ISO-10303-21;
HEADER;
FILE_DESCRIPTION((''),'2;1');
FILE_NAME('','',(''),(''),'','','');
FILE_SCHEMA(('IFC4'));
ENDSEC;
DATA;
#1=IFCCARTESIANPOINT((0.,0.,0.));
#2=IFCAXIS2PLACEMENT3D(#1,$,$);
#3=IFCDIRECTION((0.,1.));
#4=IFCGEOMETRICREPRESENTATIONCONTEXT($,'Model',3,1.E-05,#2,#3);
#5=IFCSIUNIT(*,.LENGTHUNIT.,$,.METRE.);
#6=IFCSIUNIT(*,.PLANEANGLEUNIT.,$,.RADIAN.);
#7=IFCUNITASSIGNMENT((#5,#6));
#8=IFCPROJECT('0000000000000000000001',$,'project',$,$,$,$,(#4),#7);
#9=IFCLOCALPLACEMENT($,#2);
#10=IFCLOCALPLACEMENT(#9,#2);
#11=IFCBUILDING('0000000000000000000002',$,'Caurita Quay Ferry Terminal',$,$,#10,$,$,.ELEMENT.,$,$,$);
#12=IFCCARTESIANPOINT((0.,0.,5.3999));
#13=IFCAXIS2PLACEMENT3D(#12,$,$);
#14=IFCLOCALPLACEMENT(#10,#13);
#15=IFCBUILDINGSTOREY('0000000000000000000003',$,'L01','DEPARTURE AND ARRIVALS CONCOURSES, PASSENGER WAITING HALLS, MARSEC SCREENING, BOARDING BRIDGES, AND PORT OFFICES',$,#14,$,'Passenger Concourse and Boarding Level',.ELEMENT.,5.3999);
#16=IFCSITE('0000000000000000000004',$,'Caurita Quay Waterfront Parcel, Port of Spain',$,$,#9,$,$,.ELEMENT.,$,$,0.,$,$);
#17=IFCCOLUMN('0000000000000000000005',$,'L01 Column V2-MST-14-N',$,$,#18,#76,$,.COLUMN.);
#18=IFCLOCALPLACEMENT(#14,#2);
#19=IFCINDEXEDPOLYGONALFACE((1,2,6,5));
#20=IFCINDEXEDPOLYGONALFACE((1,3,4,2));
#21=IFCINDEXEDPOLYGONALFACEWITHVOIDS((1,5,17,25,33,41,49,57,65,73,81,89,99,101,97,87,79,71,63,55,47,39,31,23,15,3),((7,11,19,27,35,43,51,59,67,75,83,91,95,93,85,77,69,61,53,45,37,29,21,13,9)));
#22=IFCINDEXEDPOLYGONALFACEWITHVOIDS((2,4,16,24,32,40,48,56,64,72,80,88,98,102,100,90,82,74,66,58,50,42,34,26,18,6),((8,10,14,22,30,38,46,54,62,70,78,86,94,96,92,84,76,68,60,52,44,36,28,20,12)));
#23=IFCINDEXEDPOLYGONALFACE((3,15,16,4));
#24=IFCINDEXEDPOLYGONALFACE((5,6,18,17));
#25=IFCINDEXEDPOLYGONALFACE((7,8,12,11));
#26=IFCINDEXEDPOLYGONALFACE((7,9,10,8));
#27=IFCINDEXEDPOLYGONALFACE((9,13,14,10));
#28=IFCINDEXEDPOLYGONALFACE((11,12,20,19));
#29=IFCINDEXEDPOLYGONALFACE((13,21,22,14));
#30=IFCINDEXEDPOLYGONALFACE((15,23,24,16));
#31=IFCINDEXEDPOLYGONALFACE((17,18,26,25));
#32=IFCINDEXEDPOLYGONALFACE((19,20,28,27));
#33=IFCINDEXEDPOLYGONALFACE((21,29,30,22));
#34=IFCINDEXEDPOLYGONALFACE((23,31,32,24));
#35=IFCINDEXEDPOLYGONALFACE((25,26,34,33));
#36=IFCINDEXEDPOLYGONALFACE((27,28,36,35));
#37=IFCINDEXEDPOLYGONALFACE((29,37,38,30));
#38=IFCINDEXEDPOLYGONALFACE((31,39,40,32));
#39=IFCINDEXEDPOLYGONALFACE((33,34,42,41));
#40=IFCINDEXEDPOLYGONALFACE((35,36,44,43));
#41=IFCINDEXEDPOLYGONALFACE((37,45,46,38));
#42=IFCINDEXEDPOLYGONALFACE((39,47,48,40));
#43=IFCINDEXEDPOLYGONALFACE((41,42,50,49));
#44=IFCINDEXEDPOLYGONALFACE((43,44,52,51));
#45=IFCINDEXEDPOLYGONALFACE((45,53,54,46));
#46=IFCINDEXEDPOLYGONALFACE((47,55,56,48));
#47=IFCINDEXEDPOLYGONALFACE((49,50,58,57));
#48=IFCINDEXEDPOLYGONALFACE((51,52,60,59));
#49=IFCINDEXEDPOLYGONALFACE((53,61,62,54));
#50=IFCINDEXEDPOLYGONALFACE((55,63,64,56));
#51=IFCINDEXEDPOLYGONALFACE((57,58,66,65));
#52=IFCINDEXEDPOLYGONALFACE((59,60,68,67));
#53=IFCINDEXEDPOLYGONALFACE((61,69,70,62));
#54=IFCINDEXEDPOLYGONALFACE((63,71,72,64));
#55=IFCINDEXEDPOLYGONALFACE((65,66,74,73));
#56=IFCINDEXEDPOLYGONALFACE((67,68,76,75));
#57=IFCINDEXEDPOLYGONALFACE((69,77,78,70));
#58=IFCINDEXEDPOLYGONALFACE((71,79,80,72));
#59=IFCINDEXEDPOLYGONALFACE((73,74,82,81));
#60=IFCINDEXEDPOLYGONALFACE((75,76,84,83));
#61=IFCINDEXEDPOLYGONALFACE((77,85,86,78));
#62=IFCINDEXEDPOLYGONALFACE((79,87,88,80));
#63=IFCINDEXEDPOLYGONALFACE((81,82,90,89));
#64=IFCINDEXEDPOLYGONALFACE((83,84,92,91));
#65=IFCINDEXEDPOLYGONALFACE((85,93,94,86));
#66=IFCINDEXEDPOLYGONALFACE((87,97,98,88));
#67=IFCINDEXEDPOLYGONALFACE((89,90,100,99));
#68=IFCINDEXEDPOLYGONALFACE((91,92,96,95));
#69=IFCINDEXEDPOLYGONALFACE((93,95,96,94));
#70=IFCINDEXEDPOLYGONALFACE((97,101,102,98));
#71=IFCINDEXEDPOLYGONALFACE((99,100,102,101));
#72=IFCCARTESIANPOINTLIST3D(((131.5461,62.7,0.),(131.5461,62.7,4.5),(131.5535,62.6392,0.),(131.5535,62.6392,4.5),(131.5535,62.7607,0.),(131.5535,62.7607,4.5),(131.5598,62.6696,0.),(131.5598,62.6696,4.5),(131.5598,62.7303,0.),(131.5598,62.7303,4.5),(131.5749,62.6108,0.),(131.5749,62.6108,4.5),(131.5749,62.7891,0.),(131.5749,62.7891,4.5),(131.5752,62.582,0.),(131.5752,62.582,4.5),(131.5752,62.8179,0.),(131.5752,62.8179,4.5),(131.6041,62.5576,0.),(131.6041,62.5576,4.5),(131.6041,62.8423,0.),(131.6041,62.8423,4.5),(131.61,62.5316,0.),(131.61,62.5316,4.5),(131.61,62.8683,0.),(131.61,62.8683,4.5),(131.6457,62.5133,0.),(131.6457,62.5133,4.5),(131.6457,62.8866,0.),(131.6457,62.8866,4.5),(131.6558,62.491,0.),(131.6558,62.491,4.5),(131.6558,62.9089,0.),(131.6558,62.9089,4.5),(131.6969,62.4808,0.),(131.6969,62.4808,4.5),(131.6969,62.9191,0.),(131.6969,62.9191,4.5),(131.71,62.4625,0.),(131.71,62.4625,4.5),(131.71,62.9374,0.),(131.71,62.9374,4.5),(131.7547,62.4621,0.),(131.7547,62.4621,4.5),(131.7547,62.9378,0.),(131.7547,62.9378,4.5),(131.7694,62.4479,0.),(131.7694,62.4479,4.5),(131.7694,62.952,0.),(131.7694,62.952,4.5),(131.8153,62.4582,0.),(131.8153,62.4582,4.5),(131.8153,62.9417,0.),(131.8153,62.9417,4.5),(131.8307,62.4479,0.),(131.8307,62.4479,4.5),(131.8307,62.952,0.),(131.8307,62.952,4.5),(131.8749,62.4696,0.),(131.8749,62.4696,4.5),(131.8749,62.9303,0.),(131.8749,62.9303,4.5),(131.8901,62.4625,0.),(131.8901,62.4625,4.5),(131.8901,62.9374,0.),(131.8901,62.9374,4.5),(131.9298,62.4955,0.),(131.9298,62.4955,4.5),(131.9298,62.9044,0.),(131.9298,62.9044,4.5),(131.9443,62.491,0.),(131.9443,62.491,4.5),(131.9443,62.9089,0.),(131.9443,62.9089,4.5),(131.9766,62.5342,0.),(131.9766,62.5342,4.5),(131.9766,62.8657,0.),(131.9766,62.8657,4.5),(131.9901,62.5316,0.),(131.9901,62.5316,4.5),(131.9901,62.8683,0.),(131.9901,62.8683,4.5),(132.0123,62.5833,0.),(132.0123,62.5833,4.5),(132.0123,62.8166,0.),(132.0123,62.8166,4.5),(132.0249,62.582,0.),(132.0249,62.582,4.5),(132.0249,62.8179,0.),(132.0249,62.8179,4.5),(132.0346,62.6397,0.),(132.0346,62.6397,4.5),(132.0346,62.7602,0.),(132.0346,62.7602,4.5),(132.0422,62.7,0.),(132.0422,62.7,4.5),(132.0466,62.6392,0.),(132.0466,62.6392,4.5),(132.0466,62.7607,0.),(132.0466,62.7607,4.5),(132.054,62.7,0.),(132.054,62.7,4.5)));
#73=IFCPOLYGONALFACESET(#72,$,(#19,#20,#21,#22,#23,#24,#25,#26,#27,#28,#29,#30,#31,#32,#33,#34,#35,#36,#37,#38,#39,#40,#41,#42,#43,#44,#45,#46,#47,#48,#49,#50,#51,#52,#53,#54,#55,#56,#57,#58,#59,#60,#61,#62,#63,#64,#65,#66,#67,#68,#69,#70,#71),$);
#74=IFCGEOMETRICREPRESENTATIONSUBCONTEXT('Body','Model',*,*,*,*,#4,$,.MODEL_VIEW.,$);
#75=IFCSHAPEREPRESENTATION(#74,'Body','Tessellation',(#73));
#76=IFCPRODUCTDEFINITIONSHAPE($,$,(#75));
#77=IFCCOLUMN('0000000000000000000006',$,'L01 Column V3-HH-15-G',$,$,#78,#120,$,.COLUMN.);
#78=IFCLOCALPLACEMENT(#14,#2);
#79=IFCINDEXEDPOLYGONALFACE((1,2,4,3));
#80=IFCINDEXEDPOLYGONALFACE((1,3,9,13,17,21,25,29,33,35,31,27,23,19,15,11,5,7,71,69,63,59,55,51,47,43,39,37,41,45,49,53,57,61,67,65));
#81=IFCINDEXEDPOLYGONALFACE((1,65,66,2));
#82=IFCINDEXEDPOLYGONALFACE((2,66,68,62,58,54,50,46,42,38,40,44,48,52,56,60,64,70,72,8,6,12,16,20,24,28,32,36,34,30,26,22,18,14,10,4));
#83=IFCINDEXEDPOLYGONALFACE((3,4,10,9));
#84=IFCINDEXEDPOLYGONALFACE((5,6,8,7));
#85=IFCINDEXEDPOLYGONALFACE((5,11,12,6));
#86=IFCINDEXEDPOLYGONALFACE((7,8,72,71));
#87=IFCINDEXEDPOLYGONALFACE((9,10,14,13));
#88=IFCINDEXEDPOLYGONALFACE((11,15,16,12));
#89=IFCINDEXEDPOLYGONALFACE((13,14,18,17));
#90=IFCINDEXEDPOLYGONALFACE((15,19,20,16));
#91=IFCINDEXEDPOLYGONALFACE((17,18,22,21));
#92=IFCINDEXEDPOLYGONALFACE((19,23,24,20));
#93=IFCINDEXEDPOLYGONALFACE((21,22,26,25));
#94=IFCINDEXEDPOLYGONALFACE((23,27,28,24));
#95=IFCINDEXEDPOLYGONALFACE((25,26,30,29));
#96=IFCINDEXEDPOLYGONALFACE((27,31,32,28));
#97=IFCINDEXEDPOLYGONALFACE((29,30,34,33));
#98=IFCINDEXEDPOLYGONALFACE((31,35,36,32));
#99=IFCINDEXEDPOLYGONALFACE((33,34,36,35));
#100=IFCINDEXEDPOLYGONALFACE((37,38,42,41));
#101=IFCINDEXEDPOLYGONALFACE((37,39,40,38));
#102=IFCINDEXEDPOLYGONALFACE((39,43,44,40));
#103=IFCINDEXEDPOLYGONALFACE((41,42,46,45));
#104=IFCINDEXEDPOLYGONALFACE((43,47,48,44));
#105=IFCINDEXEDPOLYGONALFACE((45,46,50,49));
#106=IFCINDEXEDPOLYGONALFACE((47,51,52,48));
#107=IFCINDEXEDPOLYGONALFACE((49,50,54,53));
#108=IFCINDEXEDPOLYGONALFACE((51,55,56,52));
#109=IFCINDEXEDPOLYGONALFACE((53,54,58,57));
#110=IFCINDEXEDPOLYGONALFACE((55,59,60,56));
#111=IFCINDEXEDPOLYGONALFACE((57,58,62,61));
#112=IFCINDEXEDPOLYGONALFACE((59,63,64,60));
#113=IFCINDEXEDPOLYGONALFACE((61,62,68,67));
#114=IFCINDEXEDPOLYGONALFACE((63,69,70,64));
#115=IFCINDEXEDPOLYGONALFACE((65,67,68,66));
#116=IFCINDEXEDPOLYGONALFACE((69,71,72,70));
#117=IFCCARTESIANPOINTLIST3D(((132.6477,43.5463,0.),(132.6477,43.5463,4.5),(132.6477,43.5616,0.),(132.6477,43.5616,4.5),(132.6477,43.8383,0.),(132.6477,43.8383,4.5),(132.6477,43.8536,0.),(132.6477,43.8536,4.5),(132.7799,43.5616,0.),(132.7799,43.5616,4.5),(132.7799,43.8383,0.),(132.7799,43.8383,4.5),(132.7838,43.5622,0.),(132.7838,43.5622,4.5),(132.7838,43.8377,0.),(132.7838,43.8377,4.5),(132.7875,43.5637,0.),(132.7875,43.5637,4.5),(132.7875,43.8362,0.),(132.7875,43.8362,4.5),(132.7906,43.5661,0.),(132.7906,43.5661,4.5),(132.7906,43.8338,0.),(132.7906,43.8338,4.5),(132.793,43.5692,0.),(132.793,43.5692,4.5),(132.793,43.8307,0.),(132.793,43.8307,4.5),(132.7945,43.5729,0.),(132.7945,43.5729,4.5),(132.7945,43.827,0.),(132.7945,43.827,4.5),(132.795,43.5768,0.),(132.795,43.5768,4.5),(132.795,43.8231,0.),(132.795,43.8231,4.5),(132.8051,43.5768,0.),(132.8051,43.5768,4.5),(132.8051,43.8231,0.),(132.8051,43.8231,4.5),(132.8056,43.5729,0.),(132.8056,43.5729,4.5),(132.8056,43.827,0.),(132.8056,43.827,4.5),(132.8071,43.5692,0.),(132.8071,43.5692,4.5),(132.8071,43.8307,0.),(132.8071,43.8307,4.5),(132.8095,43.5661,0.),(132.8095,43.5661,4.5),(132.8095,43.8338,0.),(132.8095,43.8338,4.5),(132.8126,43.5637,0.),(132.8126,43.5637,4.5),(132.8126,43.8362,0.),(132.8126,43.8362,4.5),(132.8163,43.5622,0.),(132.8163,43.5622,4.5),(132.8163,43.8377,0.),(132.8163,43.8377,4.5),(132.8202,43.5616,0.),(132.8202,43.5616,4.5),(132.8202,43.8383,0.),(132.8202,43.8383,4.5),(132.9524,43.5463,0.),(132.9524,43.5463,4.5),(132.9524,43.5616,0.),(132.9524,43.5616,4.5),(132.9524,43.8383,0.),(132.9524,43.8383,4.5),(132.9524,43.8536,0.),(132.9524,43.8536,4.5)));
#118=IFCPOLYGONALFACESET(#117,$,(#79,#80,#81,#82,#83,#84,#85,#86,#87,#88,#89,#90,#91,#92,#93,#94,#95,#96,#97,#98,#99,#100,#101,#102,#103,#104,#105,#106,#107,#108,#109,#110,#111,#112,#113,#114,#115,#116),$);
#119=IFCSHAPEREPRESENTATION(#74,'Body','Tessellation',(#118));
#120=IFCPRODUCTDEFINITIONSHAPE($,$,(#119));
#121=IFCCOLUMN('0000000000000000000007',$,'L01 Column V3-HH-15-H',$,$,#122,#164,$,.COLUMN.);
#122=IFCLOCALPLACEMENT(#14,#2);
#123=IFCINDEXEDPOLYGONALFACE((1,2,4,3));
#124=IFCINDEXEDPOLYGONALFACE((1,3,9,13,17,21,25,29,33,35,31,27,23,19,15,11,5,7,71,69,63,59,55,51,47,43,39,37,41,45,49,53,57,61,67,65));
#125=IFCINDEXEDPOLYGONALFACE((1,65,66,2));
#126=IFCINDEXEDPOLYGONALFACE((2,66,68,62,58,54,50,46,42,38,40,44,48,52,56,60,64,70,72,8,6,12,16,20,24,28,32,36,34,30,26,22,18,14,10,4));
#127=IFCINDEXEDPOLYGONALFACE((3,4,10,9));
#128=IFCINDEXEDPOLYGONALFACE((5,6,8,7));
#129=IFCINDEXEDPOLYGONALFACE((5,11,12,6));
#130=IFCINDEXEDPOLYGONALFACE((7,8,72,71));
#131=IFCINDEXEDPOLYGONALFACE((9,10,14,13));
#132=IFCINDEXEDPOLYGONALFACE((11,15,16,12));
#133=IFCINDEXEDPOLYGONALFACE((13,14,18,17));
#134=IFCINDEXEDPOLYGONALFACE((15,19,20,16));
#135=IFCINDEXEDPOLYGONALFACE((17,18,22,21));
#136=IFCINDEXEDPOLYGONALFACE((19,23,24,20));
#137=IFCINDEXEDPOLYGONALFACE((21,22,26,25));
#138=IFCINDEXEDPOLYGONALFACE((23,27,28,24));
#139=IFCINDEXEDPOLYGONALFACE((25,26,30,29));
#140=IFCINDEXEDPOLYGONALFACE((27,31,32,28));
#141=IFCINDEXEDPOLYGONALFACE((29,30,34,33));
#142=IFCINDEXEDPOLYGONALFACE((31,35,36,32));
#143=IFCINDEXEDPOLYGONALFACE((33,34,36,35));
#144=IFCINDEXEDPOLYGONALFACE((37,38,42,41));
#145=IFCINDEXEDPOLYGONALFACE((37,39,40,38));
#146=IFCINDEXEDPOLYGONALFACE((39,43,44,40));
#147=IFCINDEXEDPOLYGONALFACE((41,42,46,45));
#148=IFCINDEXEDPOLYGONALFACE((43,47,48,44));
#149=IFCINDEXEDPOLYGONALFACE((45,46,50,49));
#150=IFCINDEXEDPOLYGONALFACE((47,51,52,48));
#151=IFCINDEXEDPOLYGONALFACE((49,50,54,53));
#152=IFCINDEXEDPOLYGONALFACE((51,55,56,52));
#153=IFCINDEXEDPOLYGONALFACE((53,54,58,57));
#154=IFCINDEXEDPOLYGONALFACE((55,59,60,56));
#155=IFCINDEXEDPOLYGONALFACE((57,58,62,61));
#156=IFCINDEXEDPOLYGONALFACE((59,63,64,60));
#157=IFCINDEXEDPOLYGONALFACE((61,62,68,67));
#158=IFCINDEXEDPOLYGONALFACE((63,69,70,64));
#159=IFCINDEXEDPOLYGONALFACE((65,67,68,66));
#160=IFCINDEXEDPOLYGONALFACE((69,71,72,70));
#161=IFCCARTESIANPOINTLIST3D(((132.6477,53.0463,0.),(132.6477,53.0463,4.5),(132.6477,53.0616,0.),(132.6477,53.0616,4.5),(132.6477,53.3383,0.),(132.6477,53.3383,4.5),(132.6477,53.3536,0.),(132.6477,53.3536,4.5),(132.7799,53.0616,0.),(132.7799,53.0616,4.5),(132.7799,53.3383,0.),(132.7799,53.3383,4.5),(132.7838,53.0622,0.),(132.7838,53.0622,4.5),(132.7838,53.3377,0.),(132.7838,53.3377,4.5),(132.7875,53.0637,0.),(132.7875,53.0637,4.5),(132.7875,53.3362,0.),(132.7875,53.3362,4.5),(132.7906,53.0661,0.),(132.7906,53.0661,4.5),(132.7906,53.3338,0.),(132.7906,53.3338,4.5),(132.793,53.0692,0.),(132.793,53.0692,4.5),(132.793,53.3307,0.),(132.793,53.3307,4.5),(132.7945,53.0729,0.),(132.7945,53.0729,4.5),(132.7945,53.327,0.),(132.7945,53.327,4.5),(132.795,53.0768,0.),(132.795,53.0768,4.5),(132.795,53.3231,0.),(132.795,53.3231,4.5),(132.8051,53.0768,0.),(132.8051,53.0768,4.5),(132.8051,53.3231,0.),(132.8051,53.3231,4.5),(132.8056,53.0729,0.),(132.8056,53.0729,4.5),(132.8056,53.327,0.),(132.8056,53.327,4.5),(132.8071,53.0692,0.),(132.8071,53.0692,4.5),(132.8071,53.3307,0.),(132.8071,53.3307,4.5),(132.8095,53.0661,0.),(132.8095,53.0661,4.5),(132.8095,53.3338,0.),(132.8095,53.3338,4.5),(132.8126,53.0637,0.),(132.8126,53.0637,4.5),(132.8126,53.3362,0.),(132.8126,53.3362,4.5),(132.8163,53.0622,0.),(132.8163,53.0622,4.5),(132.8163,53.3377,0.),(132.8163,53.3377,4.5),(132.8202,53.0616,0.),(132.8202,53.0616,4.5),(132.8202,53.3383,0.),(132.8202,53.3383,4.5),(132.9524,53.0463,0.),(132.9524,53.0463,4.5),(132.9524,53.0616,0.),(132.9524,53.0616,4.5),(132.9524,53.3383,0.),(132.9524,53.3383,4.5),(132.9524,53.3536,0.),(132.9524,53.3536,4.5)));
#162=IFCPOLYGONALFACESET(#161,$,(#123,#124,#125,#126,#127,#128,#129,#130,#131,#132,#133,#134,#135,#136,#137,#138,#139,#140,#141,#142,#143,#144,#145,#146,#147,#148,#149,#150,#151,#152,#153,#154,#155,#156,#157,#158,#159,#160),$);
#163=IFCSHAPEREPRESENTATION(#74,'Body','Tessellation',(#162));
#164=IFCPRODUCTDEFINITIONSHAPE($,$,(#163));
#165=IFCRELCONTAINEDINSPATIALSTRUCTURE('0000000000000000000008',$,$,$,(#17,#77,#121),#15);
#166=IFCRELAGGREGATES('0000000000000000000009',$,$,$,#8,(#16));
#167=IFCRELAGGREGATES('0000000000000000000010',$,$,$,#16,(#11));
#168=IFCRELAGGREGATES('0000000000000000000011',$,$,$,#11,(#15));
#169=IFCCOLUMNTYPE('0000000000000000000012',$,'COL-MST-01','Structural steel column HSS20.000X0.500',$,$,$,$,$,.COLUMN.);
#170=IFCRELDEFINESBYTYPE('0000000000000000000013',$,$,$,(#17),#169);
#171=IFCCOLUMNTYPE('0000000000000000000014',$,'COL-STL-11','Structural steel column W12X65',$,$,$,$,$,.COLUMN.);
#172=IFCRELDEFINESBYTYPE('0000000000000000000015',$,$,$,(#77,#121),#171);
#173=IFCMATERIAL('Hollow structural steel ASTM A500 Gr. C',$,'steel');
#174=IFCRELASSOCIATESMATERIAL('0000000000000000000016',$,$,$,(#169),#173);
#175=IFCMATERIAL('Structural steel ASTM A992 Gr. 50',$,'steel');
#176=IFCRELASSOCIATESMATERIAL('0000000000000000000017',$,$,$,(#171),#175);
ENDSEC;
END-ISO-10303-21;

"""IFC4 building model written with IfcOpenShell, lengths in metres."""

from ifc_helpers import new_model, si_unit, direction, frame, origin, origin_2d, place, context, subcontext, project, spatial, hollow_circle, i_section, extrude, material, material_profile, profile_set, type_object, element, save


model = new_model("IFC4")

# Units and contexts
model_context = context("Model", 3, precision=1e-05, world=origin(), true_north=direction((0.0, 1.0)))
body_context = subcontext(model_context, "Body", "Model", "MODEL_VIEW")
ifc_project = project(units=[si_unit("LENGTHUNIT", "METRE"), si_unit("PLANEANGLEUNIT", "RADIAN")], contexts=[model_context])

# Site, building, storey
site_placement = place(None, origin())
site = spatial("IfcSite", under=ifc_project, at=site_placement, Name="Caurita Quay Waterfront Parcel, Port of Spain", CompositionType="ELEMENT", RefElevation=0.0)
building_placement = place(site_placement, origin())
building = spatial("IfcBuilding", under=site, at=building_placement, Name="Caurita Quay Ferry Terminal", CompositionType="ELEMENT")
storey_placement = place(building_placement, frame((0.0, 0.0, 5.3999)))
storey = spatial("IfcBuildingStorey", under=building, at=storey_placement, Name="L01", Description="DEPARTURE AND ARRIVALS CONCOURSES, PASSENGER WAITING HALLS, MARSEC SCREENING, BOARDING BRIDGES, AND PORT OFFICES", LongName="Passenger Concourse and Boarding Level", CompositionType="ELEMENT", Elevation=5.3999)

# Columns
ifc_material_1 = material(Name="Hollow structural steel ASTM A500 Gr. C", Category="steel")
ifc_material_profile_1 = material_profile(ifc_material_1, hollow_circle(Radius=0.2539, WallThickness=0.0117, at=origin_2d()), Name="HSS20.000X0.500")
ifc_profile_set_1 = profile_set([ifc_material_profile_1], Name="Hollow structural steel ASTM A500 Gr. C")
column_type_1 = type_object("IfcColumnType", Name="COL-MST-01", Description="Structural steel column HSS20.000X0.500", PredefinedType="COLUMN", material=ifc_profile_set_1)
column_placement = place(storey_placement, frame((131.8, 62.7, 0.0), z_axis=(0.0, 0.0, 1.0), x_axis=(1.0, 0.0, 0.0)))
element("IfcColumn", 1, at=column_placement, inside=storey, type_object=column_type_1, Name="L01 Column V2-MST-14-N", PredefinedType="COLUMN", context=body_context, shape_type="SweptSolid", body=[
    extrude(hollow_circle(Radius=0.2539, WallThickness=0.0117, at=origin_2d()), origin(), (0.0, 0.0, 1.0), 4.5),
])
ifc_material_2 = material(Name="Structural steel ASTM A992 Gr. 50", Category="steel")
ifc_material_profile_2 = material_profile(ifc_material_2, i_section(OverallWidth=0.3047, OverallDepth=0.3074, WebThickness=0.01, FlangeThickness=0.0154, FilletRadius=0.0151, at=origin_2d()), Name="W12X65")
ifc_profile_set_2 = profile_set([ifc_material_profile_2], Name="Structural steel ASTM A992 Gr. 50")
column_type_2 = type_object("IfcColumnType", Name="COL-STL-11", Description="Structural steel column W12X65", PredefinedType="COLUMN", material=ifc_profile_set_2)
for number, where, z_axis, x_axis, name in (
    (2, (132.8, 43.7, 0.0), (0.0, 0.0, 1.0), (1.0, 0.0, 0.0), "L01 Column V3-HH-15-G"),
    (3, (132.8, 53.2, 0.0), (0.0, 0.0, 1.0), (1.0, 0.0, 0.0), "L01 Column V3-HH-15-H"),
):
    element("IfcColumn", number, at=place(storey_placement, frame(where, z_axis=z_axis, x_axis=x_axis)), inside=storey, type_object=column_type_2, Name=name, PredefinedType="COLUMN", context=body_context, shape_type="SweptSolid", body=[
        extrude(i_section(OverallWidth=0.3047, OverallDepth=0.3074, WebThickness=0.01, FlangeThickness=0.0154, FilletRadius=0.0151, at=origin_2d()), origin(), (0.0, 0.0, 1.0), 4.5),
    ])

save(model, "model.ifc")
